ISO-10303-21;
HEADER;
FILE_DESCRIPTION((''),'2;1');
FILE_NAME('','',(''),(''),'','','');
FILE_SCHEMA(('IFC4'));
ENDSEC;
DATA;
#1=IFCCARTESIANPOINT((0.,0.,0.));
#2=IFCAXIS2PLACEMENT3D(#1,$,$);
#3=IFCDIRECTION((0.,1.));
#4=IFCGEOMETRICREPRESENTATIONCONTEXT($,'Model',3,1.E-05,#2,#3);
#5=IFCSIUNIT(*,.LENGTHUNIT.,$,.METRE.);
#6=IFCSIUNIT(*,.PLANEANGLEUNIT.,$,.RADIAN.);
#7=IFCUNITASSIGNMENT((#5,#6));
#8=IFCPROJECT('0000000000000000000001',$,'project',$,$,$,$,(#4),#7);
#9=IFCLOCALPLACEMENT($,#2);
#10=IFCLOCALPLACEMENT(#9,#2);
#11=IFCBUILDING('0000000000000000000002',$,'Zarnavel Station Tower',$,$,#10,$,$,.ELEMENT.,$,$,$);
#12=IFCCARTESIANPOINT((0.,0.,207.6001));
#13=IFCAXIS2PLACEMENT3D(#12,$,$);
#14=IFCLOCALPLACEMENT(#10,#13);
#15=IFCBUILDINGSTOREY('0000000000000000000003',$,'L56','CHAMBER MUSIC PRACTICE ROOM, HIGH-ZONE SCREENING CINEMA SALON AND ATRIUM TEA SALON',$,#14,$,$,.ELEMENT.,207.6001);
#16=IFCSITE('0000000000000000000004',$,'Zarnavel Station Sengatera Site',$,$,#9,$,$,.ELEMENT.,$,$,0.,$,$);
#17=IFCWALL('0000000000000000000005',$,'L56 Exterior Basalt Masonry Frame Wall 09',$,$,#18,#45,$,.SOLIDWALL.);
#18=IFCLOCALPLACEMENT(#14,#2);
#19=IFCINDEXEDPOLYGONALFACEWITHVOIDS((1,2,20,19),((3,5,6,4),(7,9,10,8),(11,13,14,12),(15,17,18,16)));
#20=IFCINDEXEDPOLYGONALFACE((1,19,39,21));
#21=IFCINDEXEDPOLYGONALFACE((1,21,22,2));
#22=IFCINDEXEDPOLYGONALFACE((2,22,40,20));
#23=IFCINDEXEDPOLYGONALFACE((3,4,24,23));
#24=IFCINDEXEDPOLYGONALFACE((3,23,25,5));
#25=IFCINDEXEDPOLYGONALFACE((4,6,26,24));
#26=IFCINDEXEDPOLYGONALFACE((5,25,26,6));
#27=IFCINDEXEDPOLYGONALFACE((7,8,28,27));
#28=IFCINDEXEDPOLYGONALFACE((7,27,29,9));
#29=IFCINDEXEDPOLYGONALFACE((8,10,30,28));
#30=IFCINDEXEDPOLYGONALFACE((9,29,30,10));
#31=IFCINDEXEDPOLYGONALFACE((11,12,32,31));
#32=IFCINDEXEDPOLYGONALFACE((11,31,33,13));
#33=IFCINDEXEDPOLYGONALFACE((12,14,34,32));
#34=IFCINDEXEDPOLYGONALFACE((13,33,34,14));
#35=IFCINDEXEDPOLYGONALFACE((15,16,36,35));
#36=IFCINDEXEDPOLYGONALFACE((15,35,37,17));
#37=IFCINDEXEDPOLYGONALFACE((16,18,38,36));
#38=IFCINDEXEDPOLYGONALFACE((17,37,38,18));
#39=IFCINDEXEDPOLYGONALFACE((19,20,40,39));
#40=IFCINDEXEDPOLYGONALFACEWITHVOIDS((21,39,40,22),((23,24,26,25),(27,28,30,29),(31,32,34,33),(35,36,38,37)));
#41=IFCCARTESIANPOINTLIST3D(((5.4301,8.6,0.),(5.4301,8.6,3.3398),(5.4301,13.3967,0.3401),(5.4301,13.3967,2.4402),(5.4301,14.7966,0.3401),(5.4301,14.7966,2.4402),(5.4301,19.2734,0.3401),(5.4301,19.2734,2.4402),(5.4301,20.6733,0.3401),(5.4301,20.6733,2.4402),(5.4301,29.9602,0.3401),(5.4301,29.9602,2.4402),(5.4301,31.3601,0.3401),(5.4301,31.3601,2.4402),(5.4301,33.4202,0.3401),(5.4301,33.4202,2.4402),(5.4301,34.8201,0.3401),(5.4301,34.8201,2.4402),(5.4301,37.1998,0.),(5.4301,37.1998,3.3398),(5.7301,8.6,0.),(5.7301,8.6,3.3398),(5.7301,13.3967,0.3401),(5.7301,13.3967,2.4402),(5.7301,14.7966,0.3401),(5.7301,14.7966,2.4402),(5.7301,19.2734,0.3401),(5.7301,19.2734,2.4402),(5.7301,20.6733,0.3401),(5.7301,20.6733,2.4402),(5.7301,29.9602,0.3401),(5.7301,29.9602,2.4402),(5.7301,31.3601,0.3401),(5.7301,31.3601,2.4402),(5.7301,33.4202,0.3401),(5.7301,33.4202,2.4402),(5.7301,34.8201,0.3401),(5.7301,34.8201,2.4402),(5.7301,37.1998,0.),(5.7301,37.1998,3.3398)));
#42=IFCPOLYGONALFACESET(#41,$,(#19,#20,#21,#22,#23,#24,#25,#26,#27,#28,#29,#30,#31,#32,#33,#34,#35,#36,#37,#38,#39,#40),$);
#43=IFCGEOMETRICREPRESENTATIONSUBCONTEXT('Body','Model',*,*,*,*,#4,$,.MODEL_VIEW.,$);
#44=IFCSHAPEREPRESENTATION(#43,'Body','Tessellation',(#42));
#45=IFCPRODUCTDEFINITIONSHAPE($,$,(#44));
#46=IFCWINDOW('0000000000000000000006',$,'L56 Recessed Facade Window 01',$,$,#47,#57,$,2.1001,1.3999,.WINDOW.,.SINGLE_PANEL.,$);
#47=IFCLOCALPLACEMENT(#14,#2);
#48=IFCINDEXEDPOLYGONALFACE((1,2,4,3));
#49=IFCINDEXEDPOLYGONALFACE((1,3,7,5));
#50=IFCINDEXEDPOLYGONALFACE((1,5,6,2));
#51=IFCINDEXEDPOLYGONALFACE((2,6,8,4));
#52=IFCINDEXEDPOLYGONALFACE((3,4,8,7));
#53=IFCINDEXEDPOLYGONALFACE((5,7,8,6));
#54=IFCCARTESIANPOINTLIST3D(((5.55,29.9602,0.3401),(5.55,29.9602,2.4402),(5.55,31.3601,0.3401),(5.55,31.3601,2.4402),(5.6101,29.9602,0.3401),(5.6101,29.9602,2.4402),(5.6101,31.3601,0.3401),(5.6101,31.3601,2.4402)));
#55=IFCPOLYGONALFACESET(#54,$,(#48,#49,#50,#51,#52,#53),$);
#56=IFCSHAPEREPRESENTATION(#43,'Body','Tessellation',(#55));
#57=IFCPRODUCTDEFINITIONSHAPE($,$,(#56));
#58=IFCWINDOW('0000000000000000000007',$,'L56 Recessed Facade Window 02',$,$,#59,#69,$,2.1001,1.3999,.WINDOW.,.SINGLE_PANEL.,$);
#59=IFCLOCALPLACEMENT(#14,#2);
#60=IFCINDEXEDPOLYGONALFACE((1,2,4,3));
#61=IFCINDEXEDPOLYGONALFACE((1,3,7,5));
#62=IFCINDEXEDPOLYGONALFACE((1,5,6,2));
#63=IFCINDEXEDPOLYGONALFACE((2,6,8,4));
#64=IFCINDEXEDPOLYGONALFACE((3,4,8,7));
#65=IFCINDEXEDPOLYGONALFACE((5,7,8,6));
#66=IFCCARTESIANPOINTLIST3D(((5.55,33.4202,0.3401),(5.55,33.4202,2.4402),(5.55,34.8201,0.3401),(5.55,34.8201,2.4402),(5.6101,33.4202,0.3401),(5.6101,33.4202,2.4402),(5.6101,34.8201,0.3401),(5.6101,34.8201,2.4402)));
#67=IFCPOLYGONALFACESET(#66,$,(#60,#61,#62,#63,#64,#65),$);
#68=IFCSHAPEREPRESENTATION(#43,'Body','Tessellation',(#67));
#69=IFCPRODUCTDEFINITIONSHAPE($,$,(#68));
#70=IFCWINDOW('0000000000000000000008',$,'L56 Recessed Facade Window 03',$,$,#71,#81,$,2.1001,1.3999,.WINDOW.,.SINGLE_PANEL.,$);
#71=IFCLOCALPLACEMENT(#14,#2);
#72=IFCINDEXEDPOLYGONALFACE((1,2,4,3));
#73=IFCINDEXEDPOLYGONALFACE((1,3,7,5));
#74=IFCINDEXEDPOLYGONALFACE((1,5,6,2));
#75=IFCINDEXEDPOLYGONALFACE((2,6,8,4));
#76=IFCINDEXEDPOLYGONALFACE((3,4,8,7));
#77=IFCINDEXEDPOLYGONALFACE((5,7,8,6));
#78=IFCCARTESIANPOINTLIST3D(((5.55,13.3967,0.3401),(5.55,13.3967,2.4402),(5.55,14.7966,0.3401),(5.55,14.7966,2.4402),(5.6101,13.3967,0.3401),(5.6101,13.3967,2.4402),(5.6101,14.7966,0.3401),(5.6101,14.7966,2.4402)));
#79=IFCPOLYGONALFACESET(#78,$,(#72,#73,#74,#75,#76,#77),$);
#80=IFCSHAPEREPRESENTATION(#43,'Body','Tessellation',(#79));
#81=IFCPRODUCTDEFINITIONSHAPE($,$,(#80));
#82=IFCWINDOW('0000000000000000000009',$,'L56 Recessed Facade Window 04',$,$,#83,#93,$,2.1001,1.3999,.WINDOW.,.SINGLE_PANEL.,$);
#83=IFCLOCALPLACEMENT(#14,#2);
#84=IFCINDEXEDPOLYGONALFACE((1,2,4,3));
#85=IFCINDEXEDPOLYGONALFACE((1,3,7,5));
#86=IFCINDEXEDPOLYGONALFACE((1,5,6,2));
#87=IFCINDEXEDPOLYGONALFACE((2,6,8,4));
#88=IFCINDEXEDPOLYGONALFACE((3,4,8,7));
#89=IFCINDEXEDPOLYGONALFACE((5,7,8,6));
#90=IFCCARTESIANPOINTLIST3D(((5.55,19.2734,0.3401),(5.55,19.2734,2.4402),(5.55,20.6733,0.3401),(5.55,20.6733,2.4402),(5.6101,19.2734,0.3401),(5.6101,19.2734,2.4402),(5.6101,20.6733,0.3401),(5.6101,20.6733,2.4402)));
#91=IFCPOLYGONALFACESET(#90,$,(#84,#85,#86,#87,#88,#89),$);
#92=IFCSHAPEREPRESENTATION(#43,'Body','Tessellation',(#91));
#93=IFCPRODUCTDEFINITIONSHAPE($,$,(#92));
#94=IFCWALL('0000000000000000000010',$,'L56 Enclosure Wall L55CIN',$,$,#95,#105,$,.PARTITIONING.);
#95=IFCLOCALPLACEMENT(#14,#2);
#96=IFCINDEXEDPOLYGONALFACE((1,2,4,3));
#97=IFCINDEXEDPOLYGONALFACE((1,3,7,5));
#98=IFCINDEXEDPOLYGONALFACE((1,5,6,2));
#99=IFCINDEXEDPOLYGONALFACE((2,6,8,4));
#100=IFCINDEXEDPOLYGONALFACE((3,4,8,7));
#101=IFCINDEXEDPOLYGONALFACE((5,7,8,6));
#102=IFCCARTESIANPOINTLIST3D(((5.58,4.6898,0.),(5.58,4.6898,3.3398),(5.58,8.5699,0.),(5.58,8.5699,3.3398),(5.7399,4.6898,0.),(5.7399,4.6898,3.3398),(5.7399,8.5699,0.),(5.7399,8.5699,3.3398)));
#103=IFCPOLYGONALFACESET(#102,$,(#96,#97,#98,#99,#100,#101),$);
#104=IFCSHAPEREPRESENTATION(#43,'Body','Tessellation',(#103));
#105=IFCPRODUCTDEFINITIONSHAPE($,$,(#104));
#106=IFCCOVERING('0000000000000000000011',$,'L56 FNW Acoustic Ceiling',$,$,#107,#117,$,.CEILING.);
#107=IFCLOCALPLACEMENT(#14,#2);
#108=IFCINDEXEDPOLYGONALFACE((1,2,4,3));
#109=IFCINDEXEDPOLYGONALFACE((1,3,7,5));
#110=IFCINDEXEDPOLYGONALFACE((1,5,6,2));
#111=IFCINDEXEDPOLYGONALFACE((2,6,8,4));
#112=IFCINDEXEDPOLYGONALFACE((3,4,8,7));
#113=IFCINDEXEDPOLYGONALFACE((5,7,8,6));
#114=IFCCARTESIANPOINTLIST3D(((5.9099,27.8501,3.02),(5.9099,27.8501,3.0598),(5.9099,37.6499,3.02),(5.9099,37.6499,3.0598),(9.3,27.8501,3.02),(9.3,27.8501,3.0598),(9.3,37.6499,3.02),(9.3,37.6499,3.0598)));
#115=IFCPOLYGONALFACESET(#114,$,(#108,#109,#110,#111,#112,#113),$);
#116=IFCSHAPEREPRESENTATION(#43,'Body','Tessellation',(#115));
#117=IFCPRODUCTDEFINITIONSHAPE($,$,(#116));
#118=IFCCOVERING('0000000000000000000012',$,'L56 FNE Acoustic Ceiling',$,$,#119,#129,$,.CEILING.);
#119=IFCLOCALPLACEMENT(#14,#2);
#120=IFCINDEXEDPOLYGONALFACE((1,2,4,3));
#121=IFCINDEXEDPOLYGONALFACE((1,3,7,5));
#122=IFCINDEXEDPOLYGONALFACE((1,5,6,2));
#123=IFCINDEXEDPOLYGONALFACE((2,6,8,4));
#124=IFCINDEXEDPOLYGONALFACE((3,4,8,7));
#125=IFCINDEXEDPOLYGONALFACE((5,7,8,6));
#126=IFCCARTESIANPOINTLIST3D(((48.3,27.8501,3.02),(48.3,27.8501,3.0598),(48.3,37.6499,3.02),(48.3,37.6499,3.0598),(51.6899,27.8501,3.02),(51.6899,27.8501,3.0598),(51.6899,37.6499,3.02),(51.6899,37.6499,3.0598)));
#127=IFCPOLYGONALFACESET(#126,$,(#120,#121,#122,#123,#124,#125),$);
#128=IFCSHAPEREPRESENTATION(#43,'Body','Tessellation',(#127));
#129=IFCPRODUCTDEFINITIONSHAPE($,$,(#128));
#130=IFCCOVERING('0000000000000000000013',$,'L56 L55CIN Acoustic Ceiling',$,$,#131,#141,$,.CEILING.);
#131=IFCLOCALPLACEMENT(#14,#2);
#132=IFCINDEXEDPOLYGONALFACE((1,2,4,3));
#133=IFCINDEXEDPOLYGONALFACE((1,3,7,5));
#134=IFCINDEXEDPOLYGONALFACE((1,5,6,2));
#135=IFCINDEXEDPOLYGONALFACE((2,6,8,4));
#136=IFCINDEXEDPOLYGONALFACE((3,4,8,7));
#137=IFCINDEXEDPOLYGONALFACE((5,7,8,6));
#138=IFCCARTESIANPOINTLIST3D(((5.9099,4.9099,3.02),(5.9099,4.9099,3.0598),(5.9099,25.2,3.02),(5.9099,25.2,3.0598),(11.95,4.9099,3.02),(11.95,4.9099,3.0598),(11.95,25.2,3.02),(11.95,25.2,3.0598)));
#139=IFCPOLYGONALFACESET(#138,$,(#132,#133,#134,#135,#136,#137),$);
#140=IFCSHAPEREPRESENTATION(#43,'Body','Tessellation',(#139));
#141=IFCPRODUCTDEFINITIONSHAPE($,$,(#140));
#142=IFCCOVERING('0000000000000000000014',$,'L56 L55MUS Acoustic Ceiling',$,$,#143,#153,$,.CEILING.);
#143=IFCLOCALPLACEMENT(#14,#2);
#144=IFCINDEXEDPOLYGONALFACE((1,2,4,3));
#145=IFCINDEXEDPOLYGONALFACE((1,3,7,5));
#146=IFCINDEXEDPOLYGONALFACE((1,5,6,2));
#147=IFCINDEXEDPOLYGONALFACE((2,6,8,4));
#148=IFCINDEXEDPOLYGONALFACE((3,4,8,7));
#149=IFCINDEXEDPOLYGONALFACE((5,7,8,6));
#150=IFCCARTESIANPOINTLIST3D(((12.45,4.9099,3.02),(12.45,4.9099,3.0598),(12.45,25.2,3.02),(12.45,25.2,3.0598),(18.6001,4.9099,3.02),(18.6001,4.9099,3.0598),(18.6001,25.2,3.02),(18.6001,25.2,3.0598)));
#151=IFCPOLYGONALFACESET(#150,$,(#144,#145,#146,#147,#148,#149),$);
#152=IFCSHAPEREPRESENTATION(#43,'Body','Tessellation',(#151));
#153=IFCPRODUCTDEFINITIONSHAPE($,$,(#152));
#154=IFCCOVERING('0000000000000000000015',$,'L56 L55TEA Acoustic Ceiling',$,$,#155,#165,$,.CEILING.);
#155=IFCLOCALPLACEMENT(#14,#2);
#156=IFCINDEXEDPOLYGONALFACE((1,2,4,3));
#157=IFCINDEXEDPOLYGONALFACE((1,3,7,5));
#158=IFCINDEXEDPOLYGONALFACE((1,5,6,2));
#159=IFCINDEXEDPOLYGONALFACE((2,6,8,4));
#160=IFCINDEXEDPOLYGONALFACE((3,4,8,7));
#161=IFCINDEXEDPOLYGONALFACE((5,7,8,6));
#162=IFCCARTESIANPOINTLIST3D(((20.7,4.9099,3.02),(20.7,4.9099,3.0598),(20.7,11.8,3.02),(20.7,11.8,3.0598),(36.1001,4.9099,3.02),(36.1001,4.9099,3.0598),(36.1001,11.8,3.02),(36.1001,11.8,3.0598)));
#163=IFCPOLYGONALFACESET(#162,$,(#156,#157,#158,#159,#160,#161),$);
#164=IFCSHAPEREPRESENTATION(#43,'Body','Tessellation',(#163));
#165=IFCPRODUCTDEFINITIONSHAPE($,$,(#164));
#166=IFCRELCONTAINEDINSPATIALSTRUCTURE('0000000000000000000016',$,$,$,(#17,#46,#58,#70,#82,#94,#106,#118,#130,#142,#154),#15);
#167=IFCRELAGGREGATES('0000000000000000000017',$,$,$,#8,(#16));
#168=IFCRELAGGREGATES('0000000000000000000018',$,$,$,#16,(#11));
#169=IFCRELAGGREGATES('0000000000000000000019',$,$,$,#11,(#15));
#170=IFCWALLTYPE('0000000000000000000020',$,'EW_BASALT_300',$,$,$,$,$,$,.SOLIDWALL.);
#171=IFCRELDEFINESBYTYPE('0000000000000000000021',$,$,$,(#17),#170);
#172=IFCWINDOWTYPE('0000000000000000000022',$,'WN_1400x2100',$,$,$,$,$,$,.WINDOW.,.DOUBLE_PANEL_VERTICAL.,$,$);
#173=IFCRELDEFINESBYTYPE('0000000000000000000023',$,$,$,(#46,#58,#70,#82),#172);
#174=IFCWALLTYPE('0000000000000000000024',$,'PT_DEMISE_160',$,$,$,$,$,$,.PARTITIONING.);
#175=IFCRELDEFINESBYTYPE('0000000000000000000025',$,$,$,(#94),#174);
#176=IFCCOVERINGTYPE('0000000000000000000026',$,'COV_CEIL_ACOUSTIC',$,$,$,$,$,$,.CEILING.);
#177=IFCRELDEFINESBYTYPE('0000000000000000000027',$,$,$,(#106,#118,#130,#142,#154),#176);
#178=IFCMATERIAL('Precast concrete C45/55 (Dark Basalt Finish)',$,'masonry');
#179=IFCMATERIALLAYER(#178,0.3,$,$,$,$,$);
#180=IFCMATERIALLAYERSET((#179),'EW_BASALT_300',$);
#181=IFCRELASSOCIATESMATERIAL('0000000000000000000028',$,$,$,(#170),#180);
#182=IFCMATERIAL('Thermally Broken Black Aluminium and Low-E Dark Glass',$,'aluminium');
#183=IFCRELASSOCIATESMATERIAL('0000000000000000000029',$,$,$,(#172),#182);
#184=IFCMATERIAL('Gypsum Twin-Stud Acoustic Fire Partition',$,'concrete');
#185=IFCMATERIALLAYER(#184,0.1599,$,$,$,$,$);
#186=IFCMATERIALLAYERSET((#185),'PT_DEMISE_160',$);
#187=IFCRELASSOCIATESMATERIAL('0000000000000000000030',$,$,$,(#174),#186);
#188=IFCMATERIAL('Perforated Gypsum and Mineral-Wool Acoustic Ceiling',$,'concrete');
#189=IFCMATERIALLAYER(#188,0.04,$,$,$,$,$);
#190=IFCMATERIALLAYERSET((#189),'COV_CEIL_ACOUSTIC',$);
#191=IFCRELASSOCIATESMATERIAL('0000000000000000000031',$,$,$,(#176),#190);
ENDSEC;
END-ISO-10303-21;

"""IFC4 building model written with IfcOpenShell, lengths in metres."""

from ifc_helpers import new_model, si_unit, direction, frame, frame_2d, origin, place, context, subcontext, project, spatial, polyline, rectangle, outline, extrude, material, layer, layer_set, type_object, element, fill, save


model = new_model("IFC4")

# Units and contexts
model_context = context("Model", 3, precision=1e-05, world=origin(), true_north=direction((0.0, 1.0)))
body_context = subcontext(model_context, "Body", "Model", "MODEL_VIEW")
ifc_project = project(units=[si_unit("LENGTHUNIT", "METRE"), si_unit("PLANEANGLEUNIT", "RADIAN")], contexts=[model_context])

# Site, building, storey
site_placement = place(None, origin())
site = spatial("IfcSite", under=ifc_project, at=site_placement, Name="Zarnavel Station Sengatera Site", CompositionType="ELEMENT", RefElevation=0.0)
building_placement = place(site_placement, origin())
building = spatial("IfcBuilding", under=site, at=building_placement, Name="Zarnavel Station Tower", CompositionType="ELEMENT")
storey_placement = place(building_placement, frame((0.0, 0.0, 207.6001)))
storey = spatial("IfcBuildingStorey", under=building, at=storey_placement, Name="L56", Description="CHAMBER MUSIC PRACTICE ROOM, HIGH-ZONE SCREENING CINEMA SALON AND ATRIUM TEA SALON", CompositionType="ELEMENT", Elevation=207.6001)

# Wall, openings, windows
ifc_material_1 = material(Name="Precast concrete C45/55 (Dark Basalt Finish)", Category="masonry")
ifc_layer_1 = layer(ifc_material_1, 0.3)
ifc_layer_set_1 = layer_set([ifc_layer_1], Name="EW_BASALT_300")
wall_type_1 = type_object("IfcWallType", Name="EW_BASALT_300", PredefinedType="SOLIDWALL", material=ifc_layer_set_1)
wall_1_placement = place(storey_placement, frame((5.5801, 8.6001, 0.0), z_axis=(0.0, 0.0, 1.0), x_axis=(0.0, 1.0, 0.0)))
wall_1 = element("IfcWall", 1, at=wall_1_placement, inside=storey, type_object=wall_type_1, Name="L56 Exterior Basalt Masonry Frame Wall 09", PredefinedType="SOLIDWALL", context=body_context, shape_type="SweptSolid", body=[
    extrude(rectangle(XDim=28.5999, YDim=0.3, at=frame_2d((14.2998, 0.0))), origin(), (0.0, 0.0, 1.0), 3.3398),
])
opening_1_placement = place(wall_1_placement, frame((21.3601, 0.0, 0.3401)))
opening_1 = element("IfcOpeningElement", 2, at=opening_1_placement, cuts=wall_1, PredefinedType="OPENING", context=body_context, shape_type="SweptSolid", body=[
    extrude(rectangle(XDim=1.3999, YDim=2.1001, at=frame_2d((0.7, 1.05))), frame((0.0, 0.1599, 0.0), z_axis=(0.0, -1.0, 0.0), x_axis=(1.0, 0.0, 0.0)), (0.0, 0.0, 1.0), 0.3201),
])
opening_2_placement = place(wall_1_placement, frame((24.8201, 0.0, 0.3401)))
opening_2 = element("IfcOpeningElement", 3, at=opening_2_placement, cuts=wall_1, PredefinedType="OPENING", context=body_context, shape_type="SweptSolid", body=[
    extrude(rectangle(XDim=1.3999, YDim=2.1001, at=frame_2d((0.7, 1.05))), frame((0.0, 0.1599, 0.0), z_axis=(0.0, -1.0, 0.0), x_axis=(1.0, 0.0, 0.0)), (0.0, 0.0, 1.0), 0.3201),
])
opening_3_placement = place(wall_1_placement, frame((4.7966, 0.0, 0.3401)))
opening_3 = element("IfcOpeningElement", 4, at=opening_3_placement, cuts=wall_1, PredefinedType="OPENING", context=body_context, shape_type="SweptSolid", body=[
    extrude(rectangle(XDim=1.3999, YDim=2.1001, at=frame_2d((0.7, 1.05))), frame((0.0, 0.1599, 0.0), z_axis=(0.0, -1.0, 0.0), x_axis=(1.0, 0.0, 0.0)), (0.0, 0.0, 1.0), 0.3201),
])
opening_4_placement = place(wall_1_placement, frame((10.6733, 0.0, 0.3401)))
opening_4 = element("IfcOpeningElement", 5, at=opening_4_placement, cuts=wall_1, PredefinedType="OPENING", context=body_context, shape_type="SweptSolid", body=[
    extrude(rectangle(XDim=1.3999, YDim=2.1001, at=frame_2d((0.7, 1.05))), frame((0.0, 0.1599, 0.0), z_axis=(0.0, -1.0, 0.0), x_axis=(1.0, 0.0, 0.0)), (0.0, 0.0, 1.0), 0.3201),
])
ifc_material_2 = material(Name="Thermally Broken Black Aluminium and Low-E Dark Glass", Category="aluminium")
window_type = type_object("IfcWindowType", Name="WN_1400x2100", PartitioningType="DOUBLE_PANEL_VERTICAL", PredefinedType="WINDOW", material=ifc_material_2)
window_1_placement = place(opening_1_placement, origin())
window_1 = element("IfcWindow", 6, at=window_1_placement, inside=storey, type_object=window_type, Name="L56 Recessed Facade Window 01", OverallHeight=2.1001, OverallWidth=1.3999, PartitioningType="SINGLE_PANEL", PredefinedType="WINDOW", context=body_context, shape_type="SweptSolid", body=[
    extrude(rectangle(XDim=1.3999, YDim=2.1001, at=frame_2d((0.7, 1.05))), frame((0.0, 0.03, 0.0), z_axis=(0.0, -1.0, 0.0), x_axis=(1.0, 0.0, 0.0)), (0.0, 0.0, 1.0), 0.0601),
])
fill(opening_1, window_1)
window_2_placement = place(opening_2_placement, origin())
window_2 = element("IfcWindow", 7, at=window_2_placement, inside=storey, type_object=window_type, Name="L56 Recessed Facade Window 02", OverallHeight=2.1001, OverallWidth=1.3999, PartitioningType="SINGLE_PANEL", PredefinedType="WINDOW", context=body_context, shape_type="SweptSolid", body=[
    extrude(rectangle(XDim=1.3999, YDim=2.1001, at=frame_2d((0.7, 1.05))), frame((0.0, 0.03, 0.0), z_axis=(0.0, -1.0, 0.0), x_axis=(1.0, 0.0, 0.0)), (0.0, 0.0, 1.0), 0.0601),
])
fill(opening_2, window_2)
window_3_placement = place(opening_3_placement, origin())
window_3 = element("IfcWindow", 8, at=window_3_placement, inside=storey, type_object=window_type, Name="L56 Recessed Facade Window 03", OverallHeight=2.1001, OverallWidth=1.3999, PartitioningType="SINGLE_PANEL", PredefinedType="WINDOW", context=body_context, shape_type="SweptSolid", body=[
    extrude(rectangle(XDim=1.3999, YDim=2.1001, at=frame_2d((0.7, 1.05))), frame((0.0, 0.03, 0.0), z_axis=(0.0, -1.0, 0.0), x_axis=(1.0, 0.0, 0.0)), (0.0, 0.0, 1.0), 0.0601),
])
fill(opening_3, window_3)
window_4_placement = place(opening_4_placement, origin())
window_4 = element("IfcWindow", 9, at=window_4_placement, inside=storey, type_object=window_type, Name="L56 Recessed Facade Window 04", OverallHeight=2.1001, OverallWidth=1.3999, PartitioningType="SINGLE_PANEL", PredefinedType="WINDOW", context=body_context, shape_type="SweptSolid", body=[
    extrude(rectangle(XDim=1.3999, YDim=2.1001, at=frame_2d((0.7, 1.05))), frame((0.0, 0.03, 0.0), z_axis=(0.0, -1.0, 0.0), x_axis=(1.0, 0.0, 0.0)), (0.0, 0.0, 1.0), 0.0601),
])
fill(opening_4, window_4)

# Wall
ifc_material_3 = material(Name="Gypsum Twin-Stud Acoustic Fire Partition", Category="concrete")
ifc_layer_2 = layer(ifc_material_3, 0.1599)
ifc_layer_set_2 = layer_set([ifc_layer_2], Name="PT_DEMISE_160")
wall_type_2 = type_object("IfcWallType", Name="PT_DEMISE_160", PredefinedType="PARTITIONING", material=ifc_layer_set_2)
wall_2_placement = place(storey_placement, frame((5.6599, 4.6899, 0.0), z_axis=(0.0, 0.0, 1.0), x_axis=(0.0, 1.0, 0.0)))
element("IfcWall", 10, at=wall_2_placement, inside=storey, type_object=wall_type_2, Name="L56 Enclosure Wall L55CIN", PredefinedType="PARTITIONING", context=body_context, shape_type="SweptSolid", body=[
    extrude(rectangle(XDim=3.8801, YDim=0.1599, at=frame_2d((1.9399, 0.0))), origin(), (0.0, 0.0, 1.0), 3.3398),
])

# Coverings
ifc_material_4 = material(Name="Perforated Gypsum and Mineral-Wool Acoustic Ceiling", Category="concrete")
ifc_layer_3 = layer(ifc_material_4, 0.04)
ifc_layer_set_3 = layer_set([ifc_layer_3], Name="COV_CEIL_ACOUSTIC")
covering_type_1 = type_object("IfcCoveringType", Name="COV_CEIL_ACOUSTIC", PredefinedType="CEILING", material=ifc_layer_set_3)
covering_1_placement = place(storey_placement, frame((0.0, 0.0, 3.02)))
element("IfcCovering", 11, at=covering_1_placement, inside=storey, type_object=covering_type_1, Name="L56 FNW Acoustic Ceiling", PredefinedType="CEILING", context=body_context, shape_type="SweptSolid", body=[
    extrude(outline(polyline([(5.9099, 27.8501), (9.3, 27.8501), (9.3, 37.6499), (5.9099, 37.6499), (5.9099, 27.8501)])), origin(), (0.0, 0.0, 1.0), 0.0398),
])
covering_2_placement = place(storey_placement, frame((0.0, 0.0, 3.02)))
element("IfcCovering", 12, at=covering_2_placement, inside=storey, type_object=covering_type_1, Name="L56 FNE Acoustic Ceiling", PredefinedType="CEILING", context=body_context, shape_type="SweptSolid", body=[
    extrude(outline(polyline([(48.3, 27.8501), (51.6899, 27.8501), (51.6899, 37.6499), (48.3, 37.6499), (48.3, 27.8501)])), origin(), (0.0, 0.0, 1.0), 0.0398),
])
covering_3_placement = place(storey_placement, frame((0.0, 0.0, 3.02)))
element("IfcCovering", 13, at=covering_3_placement, inside=storey, type_object=covering_type_1, Name="L56 L55CIN Acoustic Ceiling", PredefinedType="CEILING", context=body_context, shape_type="SweptSolid", body=[
    extrude(outline(polyline([(5.9099, 4.9099), (11.95, 4.9099), (11.95, 25.2), (5.9099, 25.2), (5.9099, 4.9099)])), origin(), (0.0, 0.0, 1.0), 0.0398),
])
covering_4_placement = place(storey_placement, frame((0.0, 0.0, 3.02)))
element("IfcCovering", 14, at=covering_4_placement, inside=storey, type_object=covering_type_1, Name="L56 L55MUS Acoustic Ceiling", PredefinedType="CEILING", context=body_context, shape_type="SweptSolid", body=[
    extrude(outline(polyline([(12.45, 4.9099), (18.6001, 4.9099), (18.6001, 25.2), (12.45, 25.2), (12.45, 4.9099)])), origin(), (0.0, 0.0, 1.0), 0.0398),
])
covering_5_placement = place(storey_placement, frame((0.0, 0.0, 3.02)))
element("IfcCovering", 15, at=covering_5_placement, inside=storey, type_object=covering_type_1, Name="L56 L55TEA Acoustic Ceiling", PredefinedType="CEILING", context=body_context, shape_type="SweptSolid", body=[
    extrude(outline(polyline([(20.7, 4.9099), (36.1001, 4.9099), (36.1001, 11.8), (20.7, 11.8), (20.7, 4.9099)])), origin(), (0.0, 0.0, 1.0), 0.0398),
])

save(model, "model.ifc")
